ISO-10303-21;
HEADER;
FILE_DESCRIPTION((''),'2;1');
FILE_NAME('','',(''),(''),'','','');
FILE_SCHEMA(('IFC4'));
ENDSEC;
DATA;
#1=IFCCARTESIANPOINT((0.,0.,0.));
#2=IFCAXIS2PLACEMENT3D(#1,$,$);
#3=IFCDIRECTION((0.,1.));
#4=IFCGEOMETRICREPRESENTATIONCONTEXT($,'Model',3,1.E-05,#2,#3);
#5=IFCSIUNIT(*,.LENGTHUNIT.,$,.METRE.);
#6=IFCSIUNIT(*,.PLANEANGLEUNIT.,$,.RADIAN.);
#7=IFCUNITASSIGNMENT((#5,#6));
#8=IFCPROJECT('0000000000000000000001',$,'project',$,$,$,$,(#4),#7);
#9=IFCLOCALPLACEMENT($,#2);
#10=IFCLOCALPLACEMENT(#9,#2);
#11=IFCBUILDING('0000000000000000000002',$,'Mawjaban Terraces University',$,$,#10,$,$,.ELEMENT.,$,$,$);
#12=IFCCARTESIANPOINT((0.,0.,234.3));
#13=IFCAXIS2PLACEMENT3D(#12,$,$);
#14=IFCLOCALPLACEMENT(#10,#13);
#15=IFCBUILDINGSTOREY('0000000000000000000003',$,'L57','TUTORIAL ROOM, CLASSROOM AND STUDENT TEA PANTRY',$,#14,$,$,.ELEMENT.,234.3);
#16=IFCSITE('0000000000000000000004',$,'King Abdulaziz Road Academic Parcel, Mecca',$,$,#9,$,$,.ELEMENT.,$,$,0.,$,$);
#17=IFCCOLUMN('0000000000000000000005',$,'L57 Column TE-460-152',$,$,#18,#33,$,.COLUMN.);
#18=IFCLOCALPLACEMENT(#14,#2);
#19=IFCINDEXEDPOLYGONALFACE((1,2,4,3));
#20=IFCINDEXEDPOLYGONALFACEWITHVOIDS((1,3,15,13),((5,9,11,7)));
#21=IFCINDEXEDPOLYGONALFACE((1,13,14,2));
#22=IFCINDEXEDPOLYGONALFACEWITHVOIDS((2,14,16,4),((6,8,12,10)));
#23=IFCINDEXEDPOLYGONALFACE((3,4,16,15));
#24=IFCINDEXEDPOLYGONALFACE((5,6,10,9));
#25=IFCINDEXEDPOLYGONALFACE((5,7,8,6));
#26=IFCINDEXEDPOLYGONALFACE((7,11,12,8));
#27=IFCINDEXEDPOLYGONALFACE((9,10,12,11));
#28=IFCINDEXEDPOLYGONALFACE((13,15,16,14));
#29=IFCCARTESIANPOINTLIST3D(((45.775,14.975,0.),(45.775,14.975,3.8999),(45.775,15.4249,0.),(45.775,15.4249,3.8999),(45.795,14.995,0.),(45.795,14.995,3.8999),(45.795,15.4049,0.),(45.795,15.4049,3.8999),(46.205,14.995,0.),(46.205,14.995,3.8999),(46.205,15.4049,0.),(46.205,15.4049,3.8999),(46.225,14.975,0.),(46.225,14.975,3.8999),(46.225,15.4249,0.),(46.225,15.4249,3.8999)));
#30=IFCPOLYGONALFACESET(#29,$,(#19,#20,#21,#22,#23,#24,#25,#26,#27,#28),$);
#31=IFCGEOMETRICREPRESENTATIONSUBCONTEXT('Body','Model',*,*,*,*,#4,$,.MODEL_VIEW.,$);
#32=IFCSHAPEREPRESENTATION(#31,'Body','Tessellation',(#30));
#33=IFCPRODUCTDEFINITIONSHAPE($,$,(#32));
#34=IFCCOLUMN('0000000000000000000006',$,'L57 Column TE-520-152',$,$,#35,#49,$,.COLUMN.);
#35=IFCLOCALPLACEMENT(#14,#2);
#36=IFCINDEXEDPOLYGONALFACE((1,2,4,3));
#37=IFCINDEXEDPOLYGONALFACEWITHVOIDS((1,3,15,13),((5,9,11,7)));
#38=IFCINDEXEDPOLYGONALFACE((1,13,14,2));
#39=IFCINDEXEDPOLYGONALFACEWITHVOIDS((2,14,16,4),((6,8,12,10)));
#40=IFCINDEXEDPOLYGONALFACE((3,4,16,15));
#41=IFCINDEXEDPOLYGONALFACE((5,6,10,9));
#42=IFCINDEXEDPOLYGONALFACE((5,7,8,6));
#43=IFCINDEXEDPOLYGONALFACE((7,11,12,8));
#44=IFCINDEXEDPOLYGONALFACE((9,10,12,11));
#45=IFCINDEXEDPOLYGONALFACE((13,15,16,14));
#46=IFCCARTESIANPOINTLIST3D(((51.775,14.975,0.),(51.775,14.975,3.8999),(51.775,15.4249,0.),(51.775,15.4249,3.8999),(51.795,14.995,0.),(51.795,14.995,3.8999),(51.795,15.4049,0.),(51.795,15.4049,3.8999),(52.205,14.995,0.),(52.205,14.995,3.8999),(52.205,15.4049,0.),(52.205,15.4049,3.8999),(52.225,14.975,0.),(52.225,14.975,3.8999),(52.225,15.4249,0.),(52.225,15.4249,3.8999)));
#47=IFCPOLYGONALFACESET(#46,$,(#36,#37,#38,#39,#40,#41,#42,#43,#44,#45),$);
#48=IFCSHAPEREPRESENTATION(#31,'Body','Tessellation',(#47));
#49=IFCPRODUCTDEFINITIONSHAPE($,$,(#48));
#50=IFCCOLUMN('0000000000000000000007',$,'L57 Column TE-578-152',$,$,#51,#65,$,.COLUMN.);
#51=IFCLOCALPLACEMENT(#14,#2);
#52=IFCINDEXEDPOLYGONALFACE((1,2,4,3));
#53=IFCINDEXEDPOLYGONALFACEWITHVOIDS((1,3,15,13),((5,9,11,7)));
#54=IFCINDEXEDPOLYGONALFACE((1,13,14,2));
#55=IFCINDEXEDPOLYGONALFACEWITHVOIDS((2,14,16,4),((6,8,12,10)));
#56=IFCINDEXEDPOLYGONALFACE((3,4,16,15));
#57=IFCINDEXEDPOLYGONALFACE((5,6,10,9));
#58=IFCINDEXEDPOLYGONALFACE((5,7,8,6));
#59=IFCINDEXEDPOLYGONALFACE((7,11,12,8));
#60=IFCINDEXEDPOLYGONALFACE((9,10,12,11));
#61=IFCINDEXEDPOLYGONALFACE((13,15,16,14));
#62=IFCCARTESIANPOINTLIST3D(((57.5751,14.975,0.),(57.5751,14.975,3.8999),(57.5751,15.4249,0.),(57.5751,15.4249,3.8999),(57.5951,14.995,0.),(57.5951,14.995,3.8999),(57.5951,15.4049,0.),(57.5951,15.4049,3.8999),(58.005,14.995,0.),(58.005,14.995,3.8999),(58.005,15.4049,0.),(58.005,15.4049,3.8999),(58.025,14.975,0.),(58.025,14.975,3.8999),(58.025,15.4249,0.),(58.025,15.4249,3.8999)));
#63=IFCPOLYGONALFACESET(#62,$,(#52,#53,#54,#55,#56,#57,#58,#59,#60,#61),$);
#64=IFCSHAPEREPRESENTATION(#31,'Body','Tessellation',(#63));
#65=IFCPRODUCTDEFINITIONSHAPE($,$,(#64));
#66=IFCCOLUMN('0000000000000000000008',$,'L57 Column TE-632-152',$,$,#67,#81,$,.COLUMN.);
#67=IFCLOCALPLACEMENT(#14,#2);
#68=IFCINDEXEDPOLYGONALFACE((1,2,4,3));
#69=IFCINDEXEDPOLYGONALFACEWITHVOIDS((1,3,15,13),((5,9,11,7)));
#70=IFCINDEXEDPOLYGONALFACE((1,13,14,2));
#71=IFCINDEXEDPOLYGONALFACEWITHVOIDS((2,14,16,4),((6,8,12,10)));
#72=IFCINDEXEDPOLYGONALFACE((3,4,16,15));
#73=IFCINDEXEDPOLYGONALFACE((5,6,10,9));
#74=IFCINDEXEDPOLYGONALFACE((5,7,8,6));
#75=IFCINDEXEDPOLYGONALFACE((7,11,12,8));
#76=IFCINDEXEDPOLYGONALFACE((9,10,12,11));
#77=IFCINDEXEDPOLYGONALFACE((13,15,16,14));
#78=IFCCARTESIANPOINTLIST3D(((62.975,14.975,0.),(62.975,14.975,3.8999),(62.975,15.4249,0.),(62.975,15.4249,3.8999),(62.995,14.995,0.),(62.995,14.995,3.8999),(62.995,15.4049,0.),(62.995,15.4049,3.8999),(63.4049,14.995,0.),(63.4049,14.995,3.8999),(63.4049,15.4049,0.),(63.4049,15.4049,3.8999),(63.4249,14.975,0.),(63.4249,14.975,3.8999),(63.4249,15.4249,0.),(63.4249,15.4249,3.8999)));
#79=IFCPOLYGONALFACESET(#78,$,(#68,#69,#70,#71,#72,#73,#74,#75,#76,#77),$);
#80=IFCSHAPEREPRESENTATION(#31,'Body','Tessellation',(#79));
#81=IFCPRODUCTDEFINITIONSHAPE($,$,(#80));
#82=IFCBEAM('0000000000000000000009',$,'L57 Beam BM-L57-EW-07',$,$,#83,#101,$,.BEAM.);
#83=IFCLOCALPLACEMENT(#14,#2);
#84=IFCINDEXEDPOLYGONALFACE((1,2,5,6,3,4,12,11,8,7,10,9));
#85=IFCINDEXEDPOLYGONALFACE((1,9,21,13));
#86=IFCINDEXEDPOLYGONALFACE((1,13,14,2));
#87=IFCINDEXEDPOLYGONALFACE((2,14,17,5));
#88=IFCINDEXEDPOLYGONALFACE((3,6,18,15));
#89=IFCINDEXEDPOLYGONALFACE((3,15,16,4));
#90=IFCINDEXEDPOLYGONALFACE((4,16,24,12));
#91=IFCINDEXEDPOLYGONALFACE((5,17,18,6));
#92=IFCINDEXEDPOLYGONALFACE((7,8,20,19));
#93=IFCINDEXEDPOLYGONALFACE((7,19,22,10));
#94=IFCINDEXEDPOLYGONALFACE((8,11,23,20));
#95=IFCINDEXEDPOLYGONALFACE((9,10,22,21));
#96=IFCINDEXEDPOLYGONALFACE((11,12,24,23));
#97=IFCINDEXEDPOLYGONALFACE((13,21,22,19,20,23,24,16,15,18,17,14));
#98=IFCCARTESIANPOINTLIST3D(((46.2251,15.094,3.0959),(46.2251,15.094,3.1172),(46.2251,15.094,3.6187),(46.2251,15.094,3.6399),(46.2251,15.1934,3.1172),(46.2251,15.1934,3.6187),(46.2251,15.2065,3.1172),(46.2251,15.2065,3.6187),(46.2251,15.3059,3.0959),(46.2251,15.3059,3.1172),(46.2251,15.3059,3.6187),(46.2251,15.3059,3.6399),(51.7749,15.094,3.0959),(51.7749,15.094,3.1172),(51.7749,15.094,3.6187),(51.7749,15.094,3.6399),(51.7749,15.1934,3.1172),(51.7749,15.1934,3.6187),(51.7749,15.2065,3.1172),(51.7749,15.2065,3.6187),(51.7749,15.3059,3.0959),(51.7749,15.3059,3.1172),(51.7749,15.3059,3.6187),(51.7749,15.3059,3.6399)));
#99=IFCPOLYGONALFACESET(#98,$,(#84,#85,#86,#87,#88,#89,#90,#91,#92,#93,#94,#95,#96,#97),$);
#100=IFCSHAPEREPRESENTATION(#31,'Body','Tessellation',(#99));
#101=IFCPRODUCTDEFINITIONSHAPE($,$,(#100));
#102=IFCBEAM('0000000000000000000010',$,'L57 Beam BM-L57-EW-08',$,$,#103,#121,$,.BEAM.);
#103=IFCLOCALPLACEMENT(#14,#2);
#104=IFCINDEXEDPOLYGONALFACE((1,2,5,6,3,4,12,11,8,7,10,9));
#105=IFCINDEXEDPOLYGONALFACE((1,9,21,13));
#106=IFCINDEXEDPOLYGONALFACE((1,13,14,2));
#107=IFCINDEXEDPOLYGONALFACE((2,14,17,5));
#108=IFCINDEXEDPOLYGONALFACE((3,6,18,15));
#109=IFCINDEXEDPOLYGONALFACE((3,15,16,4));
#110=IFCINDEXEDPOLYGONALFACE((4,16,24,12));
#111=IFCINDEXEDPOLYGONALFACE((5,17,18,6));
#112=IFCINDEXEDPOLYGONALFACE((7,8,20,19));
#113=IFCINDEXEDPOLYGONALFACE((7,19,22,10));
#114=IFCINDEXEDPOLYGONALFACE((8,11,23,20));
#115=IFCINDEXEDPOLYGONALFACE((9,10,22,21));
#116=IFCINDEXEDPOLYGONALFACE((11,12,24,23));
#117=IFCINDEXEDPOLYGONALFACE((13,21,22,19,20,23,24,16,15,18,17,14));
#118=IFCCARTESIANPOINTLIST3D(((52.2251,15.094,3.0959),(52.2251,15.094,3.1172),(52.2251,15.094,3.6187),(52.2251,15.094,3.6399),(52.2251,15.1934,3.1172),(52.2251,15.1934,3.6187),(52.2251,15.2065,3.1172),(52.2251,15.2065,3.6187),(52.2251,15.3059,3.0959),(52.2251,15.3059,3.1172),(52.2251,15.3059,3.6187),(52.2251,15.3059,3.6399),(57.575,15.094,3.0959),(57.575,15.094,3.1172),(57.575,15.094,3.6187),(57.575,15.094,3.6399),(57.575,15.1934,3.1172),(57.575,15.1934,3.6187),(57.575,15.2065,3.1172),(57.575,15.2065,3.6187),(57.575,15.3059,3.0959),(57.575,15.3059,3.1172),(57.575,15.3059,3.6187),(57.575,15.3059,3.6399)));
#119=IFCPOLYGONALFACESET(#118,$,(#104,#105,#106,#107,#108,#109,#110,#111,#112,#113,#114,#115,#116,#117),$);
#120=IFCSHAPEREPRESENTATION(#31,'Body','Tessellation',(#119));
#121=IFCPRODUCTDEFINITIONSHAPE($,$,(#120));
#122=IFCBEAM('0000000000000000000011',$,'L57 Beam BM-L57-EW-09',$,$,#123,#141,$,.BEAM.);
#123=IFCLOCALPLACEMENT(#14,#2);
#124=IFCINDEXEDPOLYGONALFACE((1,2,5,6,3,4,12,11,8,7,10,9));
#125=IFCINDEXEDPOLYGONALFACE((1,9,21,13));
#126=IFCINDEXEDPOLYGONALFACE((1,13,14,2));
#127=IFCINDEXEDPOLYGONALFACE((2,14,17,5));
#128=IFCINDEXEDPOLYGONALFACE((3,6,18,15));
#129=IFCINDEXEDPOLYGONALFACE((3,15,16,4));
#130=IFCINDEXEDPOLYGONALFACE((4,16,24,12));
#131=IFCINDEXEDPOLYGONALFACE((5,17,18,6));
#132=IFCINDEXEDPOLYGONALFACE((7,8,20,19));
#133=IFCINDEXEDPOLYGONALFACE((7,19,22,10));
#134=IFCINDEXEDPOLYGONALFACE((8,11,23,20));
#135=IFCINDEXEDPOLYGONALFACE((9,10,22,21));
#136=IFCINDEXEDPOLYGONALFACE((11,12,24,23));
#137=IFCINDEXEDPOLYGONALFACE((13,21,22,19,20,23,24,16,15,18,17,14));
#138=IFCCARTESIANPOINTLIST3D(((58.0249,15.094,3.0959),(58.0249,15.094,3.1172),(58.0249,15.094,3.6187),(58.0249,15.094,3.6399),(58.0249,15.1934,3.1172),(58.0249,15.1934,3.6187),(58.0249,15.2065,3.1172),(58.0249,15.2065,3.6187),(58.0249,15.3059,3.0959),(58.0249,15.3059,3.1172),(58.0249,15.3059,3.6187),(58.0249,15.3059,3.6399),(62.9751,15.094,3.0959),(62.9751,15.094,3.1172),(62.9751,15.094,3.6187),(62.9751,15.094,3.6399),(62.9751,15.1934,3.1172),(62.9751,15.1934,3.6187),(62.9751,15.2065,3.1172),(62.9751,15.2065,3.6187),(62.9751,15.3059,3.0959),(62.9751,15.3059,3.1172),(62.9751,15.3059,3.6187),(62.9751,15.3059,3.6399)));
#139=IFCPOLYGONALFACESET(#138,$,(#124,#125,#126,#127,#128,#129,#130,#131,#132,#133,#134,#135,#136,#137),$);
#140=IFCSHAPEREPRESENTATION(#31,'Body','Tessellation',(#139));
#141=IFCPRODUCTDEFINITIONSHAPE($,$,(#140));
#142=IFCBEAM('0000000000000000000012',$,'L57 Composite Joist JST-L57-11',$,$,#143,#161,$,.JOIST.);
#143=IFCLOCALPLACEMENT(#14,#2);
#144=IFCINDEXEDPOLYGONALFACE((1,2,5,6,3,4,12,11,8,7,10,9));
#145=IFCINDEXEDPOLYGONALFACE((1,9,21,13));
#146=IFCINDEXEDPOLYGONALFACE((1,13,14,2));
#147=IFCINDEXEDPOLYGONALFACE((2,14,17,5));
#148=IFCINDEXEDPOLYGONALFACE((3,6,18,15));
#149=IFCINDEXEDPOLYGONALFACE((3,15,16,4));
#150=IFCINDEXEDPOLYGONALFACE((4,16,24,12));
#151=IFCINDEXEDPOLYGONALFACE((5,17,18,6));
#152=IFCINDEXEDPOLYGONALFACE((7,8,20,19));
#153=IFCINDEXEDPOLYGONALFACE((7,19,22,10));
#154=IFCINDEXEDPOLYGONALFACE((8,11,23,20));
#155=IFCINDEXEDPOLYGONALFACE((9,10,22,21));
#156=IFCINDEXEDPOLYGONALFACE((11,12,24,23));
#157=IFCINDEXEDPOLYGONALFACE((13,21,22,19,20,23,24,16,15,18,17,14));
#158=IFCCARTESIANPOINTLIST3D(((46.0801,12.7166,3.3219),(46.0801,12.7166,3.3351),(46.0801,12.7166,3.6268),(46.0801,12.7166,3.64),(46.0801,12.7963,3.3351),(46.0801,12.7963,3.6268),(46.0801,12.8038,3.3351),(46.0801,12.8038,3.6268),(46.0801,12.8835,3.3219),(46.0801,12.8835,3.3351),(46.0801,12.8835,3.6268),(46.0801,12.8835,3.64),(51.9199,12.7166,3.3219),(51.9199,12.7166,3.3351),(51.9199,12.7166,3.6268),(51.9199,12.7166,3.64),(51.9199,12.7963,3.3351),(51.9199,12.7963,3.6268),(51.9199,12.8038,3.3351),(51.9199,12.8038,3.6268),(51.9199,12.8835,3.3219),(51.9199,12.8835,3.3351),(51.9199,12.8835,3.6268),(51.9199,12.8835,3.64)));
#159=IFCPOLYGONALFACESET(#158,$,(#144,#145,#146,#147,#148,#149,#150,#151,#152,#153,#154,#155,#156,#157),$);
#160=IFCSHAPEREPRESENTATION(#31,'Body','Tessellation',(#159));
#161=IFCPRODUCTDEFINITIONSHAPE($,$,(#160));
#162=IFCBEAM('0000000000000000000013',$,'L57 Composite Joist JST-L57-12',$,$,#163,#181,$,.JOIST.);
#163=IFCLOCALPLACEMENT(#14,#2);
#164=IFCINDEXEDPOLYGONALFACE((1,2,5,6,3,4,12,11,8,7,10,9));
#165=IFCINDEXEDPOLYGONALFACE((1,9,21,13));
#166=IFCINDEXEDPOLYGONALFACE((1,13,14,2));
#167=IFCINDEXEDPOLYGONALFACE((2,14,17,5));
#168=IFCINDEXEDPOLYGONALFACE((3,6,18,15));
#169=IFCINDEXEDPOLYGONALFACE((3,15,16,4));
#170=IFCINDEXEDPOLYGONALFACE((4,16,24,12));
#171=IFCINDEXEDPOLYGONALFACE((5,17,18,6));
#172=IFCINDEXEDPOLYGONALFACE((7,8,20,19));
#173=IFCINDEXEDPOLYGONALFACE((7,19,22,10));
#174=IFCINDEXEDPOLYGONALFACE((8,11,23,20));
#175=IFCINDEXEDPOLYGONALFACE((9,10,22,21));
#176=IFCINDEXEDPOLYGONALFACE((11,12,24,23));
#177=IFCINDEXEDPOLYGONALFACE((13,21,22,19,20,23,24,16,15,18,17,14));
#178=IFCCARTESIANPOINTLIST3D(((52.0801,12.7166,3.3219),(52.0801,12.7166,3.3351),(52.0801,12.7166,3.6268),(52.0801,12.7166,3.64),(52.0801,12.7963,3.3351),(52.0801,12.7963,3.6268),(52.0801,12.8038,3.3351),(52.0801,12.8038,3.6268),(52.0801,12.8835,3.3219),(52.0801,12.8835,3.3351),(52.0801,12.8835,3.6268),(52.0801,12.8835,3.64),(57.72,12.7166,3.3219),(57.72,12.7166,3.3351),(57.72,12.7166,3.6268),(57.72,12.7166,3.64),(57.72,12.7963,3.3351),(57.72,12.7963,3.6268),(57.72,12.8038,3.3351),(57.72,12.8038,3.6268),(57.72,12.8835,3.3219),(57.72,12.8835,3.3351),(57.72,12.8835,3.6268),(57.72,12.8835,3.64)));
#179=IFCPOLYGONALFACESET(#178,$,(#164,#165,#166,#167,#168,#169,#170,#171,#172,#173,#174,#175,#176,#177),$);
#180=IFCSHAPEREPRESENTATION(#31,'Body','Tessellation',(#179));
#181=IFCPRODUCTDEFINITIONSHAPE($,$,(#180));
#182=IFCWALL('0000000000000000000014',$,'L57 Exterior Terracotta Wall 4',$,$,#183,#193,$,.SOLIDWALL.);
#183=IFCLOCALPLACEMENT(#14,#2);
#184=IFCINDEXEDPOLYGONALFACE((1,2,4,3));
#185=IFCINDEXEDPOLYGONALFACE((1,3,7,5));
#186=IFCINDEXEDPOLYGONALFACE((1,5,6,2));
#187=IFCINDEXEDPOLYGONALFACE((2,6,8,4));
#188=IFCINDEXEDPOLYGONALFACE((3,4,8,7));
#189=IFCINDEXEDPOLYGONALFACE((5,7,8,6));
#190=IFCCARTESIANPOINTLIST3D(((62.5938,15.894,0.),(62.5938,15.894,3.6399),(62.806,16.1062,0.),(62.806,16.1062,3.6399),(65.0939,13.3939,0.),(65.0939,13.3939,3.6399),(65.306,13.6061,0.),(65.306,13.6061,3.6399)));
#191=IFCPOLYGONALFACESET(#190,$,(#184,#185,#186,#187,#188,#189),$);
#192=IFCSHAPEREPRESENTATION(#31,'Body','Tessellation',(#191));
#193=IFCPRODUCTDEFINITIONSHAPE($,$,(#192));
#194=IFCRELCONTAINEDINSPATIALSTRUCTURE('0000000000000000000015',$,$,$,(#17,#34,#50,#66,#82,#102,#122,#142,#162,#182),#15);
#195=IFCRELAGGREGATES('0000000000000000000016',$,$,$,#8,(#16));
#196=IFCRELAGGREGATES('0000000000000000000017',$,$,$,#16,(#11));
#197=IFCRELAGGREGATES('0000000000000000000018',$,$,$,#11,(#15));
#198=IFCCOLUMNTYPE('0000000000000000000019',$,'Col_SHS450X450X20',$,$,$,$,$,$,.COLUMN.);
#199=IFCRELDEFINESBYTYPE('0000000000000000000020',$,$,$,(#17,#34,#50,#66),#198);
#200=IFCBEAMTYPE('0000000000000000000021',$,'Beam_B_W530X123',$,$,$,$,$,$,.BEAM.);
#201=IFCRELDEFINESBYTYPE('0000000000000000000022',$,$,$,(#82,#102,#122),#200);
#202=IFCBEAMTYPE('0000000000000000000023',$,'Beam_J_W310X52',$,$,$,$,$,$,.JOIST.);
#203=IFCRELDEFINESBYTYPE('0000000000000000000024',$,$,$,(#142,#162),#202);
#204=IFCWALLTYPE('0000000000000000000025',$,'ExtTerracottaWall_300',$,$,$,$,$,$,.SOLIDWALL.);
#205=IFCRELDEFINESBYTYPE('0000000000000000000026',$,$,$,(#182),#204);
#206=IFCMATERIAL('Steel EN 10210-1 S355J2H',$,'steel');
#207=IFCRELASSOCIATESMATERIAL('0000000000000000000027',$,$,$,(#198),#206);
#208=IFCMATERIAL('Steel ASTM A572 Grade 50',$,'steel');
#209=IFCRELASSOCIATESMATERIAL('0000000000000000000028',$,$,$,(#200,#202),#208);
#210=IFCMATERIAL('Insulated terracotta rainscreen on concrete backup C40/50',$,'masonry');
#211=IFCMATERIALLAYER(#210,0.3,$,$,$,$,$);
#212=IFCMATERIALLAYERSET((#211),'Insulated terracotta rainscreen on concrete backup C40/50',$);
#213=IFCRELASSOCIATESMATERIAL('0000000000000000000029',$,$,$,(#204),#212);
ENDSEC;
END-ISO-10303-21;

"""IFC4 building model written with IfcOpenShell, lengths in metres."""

from ifc_helpers import new_model, si_unit, direction, frame, frame_2d, origin, origin_2d, place, context, subcontext, project, spatial, rectangle, hollow_rectangle, i_section, extrude, material, layer, layer_set, material_profile, profile_set, type_object, element, save


model = new_model("IFC4")

# Units and contexts
model_context = context("Model", 3, precision=1e-05, world=origin(), true_north=direction((0.0, 1.0)))
body_context = subcontext(model_context, "Body", "Model", "MODEL_VIEW")
ifc_project = project(units=[si_unit("LENGTHUNIT", "METRE"), si_unit("PLANEANGLEUNIT", "RADIAN")], contexts=[model_context])

# Site, building, storey
site_placement = place(None, origin())
site = spatial("IfcSite", under=ifc_project, at=site_placement, Name="King Abdulaziz Road Academic Parcel, Mecca", CompositionType="ELEMENT", RefElevation=0.0)
building_placement = place(site_placement, origin())
building = spatial("IfcBuilding", under=site, at=building_placement, Name="Mawjaban Terraces University", CompositionType="ELEMENT")
storey_placement = place(building_placement, frame((0.0, 0.0, 234.3)))
storey = spatial("IfcBuildingStorey", under=building, at=storey_placement, Name="L57", Description="TUTORIAL ROOM, CLASSROOM AND STUDENT TEA PANTRY", CompositionType="ELEMENT", Elevation=234.3)

# Columns
ifc_material_1 = material(Name="Steel EN 10210-1 S355J2H", Category="steel")
ifc_material_profile_1 = material_profile(ifc_material_1, hollow_rectangle(XDim=0.45, YDim=0.45, WallThickness=0.02, at=origin_2d()), Name="SHS450X450X20")
ifc_profile_set_1 = profile_set([ifc_material_profile_1], Name="Steel EN 10210-1 S355J2H")
column_type = type_object("IfcColumnType", Name="Col_SHS450X450X20", PredefinedType="COLUMN", material=ifc_profile_set_1)
for number, where, z_axis, x_axis, name in (
    (1, (46.0, 15.2, 0.0), (0.0, 0.0, 1.0), (1.0, 0.0, 0.0), "L57 Column TE-460-152"),
    (2, (52.0, 15.2, 0.0), (0.0, 0.0, 1.0), (1.0, 0.0, 0.0), "L57 Column TE-520-152"),
    (3, (57.8, 15.2, 0.0), (0.0, 0.0, 1.0), (1.0, 0.0, 0.0), "L57 Column TE-578-152"),
    (4, (63.2, 15.2, 0.0), (0.0, 0.0, 1.0), (1.0, 0.0, 0.0), "L57 Column TE-632-152"),
):
    element("IfcColumn", number, at=place(storey_placement, frame(where, z_axis=z_axis, x_axis=x_axis)), inside=storey, type_object=column_type, Name=name, PredefinedType="COLUMN", context=body_context, shape_type="SweptSolid", body=[
        extrude(hollow_rectangle(XDim=0.45, YDim=0.45, WallThickness=0.02, at=origin_2d()), origin(), (0.0, 0.0, 1.0), 3.8999),
    ])

# Beams
ifc_material_2 = material(Name="Steel ASTM A572 Grade 50", Category="steel")
ifc_material_profile_2 = material_profile(ifc_material_2, i_section(OverallWidth=0.2119, OverallDepth=0.5439, WebThickness=0.0132, FlangeThickness=0.0212, at=origin_2d()), Name="W530X123")
ifc_profile_set_2 = profile_set([ifc_material_profile_2], Name="Steel ASTM A572 Grade 50")
beam_type_1 = type_object("IfcBeamType", Name="Beam_B_W530X123", PredefinedType="BEAM", material=ifc_profile_set_2)
beam_1_placement = place(storey_placement, frame((46.2251, 15.2, 3.3679), z_axis=(1.0, 0.0, 0.0), x_axis=(0.0, 1.0, 0.0)))
element("IfcBeam", 5, at=beam_1_placement, inside=storey, type_object=beam_type_1, Name="L57 Beam BM-L57-EW-07", PredefinedType="BEAM", context=body_context, shape_type="SweptSolid", body=[
    extrude(i_section(OverallWidth=0.2119, OverallDepth=0.5439, WebThickness=0.0132, FlangeThickness=0.0212, at=origin_2d()), origin(), (0.0, 0.0, 1.0), 5.5498),
])
beam_2_placement = place(storey_placement, frame((52.2251, 15.2, 3.3679), z_axis=(1.0, 0.0, 0.0), x_axis=(0.0, 1.0, 0.0)))
element("IfcBeam", 6, at=beam_2_placement, inside=storey, type_object=beam_type_1, Name="L57 Beam BM-L57-EW-08", PredefinedType="BEAM", context=body_context, shape_type="SweptSolid", body=[
    extrude(i_section(OverallWidth=0.2119, OverallDepth=0.5439, WebThickness=0.0132, FlangeThickness=0.0212, at=origin_2d()), origin(), (0.0, 0.0, 1.0), 5.3499),
])
beam_3_placement = place(storey_placement, frame((58.0249, 15.2, 3.3679), z_axis=(1.0, 0.0, 0.0), x_axis=(0.0, 1.0, 0.0)))
element("IfcBeam", 7, at=beam_3_placement, inside=storey, type_object=beam_type_1, Name="L57 Beam BM-L57-EW-09", PredefinedType="BEAM", context=body_context, shape_type="SweptSolid", body=[
    extrude(i_section(OverallWidth=0.2119, OverallDepth=0.5439, WebThickness=0.0132, FlangeThickness=0.0212, at=origin_2d()), origin(), (0.0, 0.0, 1.0), 4.9502),
])
ifc_material_profile_3 = material_profile(ifc_material_2, i_section(OverallWidth=0.167, OverallDepth=0.3181, WebThickness=0.0076, FlangeThickness=0.0132, at=origin_2d()), Name="W310X52")
ifc_profile_set_3 = profile_set([ifc_material_profile_3], Name="Steel ASTM A572 Grade 50")
beam_type_2 = type_object("IfcBeamType", Name="Beam_J_W310X52", PredefinedType="JOIST", material=ifc_profile_set_3)
beam_4_placement = place(storey_placement, frame((46.0801, 12.8, 3.481), z_axis=(1.0, 0.0, 0.0), x_axis=(0.0, 1.0, 0.0)))
element("IfcBeam", 8, at=beam_4_placement, inside=storey, type_object=beam_type_2, Name="L57 Composite Joist JST-L57-11", PredefinedType="JOIST", context=body_context, shape_type="SweptSolid", body=[
    extrude(i_section(OverallWidth=0.167, OverallDepth=0.3181, WebThickness=0.0076, FlangeThickness=0.0132, at=origin_2d()), origin(), (0.0, 0.0, 1.0), 5.8398),
])
beam_5_placement = place(storey_placement, frame((52.0801, 12.8, 3.481), z_axis=(1.0, 0.0, 0.0), x_axis=(0.0, 1.0, 0.0)))
element("IfcBeam", 9, at=beam_5_placement, inside=storey, type_object=beam_type_2, Name="L57 Composite Joist JST-L57-12", PredefinedType="JOIST", context=body_context, shape_type="SweptSolid", body=[
    extrude(i_section(OverallWidth=0.167, OverallDepth=0.3181, WebThickness=0.0076, FlangeThickness=0.0132, at=origin_2d()), origin(), (0.0, 0.0, 1.0), 5.6399),
])

# Wall
ifc_material_3 = material(Name="Insulated terracotta rainscreen on concrete backup C40/50", Category="masonry")
ifc_layer_1 = layer(ifc_material_3, 0.3)
ifc_layer_set_1 = layer_set([ifc_layer_1], Name="Insulated terracotta rainscreen on concrete backup C40/50")
wall_type_1 = type_object("IfcWallType", Name="ExtTerracottaWall_300", PredefinedType="SOLIDWALL", material=ifc_layer_set_1)
wall_1_placement = place(storey_placement, frame((65.2, 13.5, 0.0), z_axis=(0.0, 0.0, 1.0), x_axis=(-0.707107, 0.707107, 0.0)))
element("IfcWall", 10, at=wall_1_placement, inside=storey, type_object=wall_type_1, Name="L57 Exterior Terracotta Wall 4", PredefinedType="SOLIDWALL", context=body_context, shape_type="SweptSolid", body=[
    extrude(rectangle(XDim=3.5356, YDim=0.3, at=frame_2d((1.7678, 0.0))), origin(), (0.0, 0.0, 1.0), 3.6399),
])

save(model, "model.ifc")
